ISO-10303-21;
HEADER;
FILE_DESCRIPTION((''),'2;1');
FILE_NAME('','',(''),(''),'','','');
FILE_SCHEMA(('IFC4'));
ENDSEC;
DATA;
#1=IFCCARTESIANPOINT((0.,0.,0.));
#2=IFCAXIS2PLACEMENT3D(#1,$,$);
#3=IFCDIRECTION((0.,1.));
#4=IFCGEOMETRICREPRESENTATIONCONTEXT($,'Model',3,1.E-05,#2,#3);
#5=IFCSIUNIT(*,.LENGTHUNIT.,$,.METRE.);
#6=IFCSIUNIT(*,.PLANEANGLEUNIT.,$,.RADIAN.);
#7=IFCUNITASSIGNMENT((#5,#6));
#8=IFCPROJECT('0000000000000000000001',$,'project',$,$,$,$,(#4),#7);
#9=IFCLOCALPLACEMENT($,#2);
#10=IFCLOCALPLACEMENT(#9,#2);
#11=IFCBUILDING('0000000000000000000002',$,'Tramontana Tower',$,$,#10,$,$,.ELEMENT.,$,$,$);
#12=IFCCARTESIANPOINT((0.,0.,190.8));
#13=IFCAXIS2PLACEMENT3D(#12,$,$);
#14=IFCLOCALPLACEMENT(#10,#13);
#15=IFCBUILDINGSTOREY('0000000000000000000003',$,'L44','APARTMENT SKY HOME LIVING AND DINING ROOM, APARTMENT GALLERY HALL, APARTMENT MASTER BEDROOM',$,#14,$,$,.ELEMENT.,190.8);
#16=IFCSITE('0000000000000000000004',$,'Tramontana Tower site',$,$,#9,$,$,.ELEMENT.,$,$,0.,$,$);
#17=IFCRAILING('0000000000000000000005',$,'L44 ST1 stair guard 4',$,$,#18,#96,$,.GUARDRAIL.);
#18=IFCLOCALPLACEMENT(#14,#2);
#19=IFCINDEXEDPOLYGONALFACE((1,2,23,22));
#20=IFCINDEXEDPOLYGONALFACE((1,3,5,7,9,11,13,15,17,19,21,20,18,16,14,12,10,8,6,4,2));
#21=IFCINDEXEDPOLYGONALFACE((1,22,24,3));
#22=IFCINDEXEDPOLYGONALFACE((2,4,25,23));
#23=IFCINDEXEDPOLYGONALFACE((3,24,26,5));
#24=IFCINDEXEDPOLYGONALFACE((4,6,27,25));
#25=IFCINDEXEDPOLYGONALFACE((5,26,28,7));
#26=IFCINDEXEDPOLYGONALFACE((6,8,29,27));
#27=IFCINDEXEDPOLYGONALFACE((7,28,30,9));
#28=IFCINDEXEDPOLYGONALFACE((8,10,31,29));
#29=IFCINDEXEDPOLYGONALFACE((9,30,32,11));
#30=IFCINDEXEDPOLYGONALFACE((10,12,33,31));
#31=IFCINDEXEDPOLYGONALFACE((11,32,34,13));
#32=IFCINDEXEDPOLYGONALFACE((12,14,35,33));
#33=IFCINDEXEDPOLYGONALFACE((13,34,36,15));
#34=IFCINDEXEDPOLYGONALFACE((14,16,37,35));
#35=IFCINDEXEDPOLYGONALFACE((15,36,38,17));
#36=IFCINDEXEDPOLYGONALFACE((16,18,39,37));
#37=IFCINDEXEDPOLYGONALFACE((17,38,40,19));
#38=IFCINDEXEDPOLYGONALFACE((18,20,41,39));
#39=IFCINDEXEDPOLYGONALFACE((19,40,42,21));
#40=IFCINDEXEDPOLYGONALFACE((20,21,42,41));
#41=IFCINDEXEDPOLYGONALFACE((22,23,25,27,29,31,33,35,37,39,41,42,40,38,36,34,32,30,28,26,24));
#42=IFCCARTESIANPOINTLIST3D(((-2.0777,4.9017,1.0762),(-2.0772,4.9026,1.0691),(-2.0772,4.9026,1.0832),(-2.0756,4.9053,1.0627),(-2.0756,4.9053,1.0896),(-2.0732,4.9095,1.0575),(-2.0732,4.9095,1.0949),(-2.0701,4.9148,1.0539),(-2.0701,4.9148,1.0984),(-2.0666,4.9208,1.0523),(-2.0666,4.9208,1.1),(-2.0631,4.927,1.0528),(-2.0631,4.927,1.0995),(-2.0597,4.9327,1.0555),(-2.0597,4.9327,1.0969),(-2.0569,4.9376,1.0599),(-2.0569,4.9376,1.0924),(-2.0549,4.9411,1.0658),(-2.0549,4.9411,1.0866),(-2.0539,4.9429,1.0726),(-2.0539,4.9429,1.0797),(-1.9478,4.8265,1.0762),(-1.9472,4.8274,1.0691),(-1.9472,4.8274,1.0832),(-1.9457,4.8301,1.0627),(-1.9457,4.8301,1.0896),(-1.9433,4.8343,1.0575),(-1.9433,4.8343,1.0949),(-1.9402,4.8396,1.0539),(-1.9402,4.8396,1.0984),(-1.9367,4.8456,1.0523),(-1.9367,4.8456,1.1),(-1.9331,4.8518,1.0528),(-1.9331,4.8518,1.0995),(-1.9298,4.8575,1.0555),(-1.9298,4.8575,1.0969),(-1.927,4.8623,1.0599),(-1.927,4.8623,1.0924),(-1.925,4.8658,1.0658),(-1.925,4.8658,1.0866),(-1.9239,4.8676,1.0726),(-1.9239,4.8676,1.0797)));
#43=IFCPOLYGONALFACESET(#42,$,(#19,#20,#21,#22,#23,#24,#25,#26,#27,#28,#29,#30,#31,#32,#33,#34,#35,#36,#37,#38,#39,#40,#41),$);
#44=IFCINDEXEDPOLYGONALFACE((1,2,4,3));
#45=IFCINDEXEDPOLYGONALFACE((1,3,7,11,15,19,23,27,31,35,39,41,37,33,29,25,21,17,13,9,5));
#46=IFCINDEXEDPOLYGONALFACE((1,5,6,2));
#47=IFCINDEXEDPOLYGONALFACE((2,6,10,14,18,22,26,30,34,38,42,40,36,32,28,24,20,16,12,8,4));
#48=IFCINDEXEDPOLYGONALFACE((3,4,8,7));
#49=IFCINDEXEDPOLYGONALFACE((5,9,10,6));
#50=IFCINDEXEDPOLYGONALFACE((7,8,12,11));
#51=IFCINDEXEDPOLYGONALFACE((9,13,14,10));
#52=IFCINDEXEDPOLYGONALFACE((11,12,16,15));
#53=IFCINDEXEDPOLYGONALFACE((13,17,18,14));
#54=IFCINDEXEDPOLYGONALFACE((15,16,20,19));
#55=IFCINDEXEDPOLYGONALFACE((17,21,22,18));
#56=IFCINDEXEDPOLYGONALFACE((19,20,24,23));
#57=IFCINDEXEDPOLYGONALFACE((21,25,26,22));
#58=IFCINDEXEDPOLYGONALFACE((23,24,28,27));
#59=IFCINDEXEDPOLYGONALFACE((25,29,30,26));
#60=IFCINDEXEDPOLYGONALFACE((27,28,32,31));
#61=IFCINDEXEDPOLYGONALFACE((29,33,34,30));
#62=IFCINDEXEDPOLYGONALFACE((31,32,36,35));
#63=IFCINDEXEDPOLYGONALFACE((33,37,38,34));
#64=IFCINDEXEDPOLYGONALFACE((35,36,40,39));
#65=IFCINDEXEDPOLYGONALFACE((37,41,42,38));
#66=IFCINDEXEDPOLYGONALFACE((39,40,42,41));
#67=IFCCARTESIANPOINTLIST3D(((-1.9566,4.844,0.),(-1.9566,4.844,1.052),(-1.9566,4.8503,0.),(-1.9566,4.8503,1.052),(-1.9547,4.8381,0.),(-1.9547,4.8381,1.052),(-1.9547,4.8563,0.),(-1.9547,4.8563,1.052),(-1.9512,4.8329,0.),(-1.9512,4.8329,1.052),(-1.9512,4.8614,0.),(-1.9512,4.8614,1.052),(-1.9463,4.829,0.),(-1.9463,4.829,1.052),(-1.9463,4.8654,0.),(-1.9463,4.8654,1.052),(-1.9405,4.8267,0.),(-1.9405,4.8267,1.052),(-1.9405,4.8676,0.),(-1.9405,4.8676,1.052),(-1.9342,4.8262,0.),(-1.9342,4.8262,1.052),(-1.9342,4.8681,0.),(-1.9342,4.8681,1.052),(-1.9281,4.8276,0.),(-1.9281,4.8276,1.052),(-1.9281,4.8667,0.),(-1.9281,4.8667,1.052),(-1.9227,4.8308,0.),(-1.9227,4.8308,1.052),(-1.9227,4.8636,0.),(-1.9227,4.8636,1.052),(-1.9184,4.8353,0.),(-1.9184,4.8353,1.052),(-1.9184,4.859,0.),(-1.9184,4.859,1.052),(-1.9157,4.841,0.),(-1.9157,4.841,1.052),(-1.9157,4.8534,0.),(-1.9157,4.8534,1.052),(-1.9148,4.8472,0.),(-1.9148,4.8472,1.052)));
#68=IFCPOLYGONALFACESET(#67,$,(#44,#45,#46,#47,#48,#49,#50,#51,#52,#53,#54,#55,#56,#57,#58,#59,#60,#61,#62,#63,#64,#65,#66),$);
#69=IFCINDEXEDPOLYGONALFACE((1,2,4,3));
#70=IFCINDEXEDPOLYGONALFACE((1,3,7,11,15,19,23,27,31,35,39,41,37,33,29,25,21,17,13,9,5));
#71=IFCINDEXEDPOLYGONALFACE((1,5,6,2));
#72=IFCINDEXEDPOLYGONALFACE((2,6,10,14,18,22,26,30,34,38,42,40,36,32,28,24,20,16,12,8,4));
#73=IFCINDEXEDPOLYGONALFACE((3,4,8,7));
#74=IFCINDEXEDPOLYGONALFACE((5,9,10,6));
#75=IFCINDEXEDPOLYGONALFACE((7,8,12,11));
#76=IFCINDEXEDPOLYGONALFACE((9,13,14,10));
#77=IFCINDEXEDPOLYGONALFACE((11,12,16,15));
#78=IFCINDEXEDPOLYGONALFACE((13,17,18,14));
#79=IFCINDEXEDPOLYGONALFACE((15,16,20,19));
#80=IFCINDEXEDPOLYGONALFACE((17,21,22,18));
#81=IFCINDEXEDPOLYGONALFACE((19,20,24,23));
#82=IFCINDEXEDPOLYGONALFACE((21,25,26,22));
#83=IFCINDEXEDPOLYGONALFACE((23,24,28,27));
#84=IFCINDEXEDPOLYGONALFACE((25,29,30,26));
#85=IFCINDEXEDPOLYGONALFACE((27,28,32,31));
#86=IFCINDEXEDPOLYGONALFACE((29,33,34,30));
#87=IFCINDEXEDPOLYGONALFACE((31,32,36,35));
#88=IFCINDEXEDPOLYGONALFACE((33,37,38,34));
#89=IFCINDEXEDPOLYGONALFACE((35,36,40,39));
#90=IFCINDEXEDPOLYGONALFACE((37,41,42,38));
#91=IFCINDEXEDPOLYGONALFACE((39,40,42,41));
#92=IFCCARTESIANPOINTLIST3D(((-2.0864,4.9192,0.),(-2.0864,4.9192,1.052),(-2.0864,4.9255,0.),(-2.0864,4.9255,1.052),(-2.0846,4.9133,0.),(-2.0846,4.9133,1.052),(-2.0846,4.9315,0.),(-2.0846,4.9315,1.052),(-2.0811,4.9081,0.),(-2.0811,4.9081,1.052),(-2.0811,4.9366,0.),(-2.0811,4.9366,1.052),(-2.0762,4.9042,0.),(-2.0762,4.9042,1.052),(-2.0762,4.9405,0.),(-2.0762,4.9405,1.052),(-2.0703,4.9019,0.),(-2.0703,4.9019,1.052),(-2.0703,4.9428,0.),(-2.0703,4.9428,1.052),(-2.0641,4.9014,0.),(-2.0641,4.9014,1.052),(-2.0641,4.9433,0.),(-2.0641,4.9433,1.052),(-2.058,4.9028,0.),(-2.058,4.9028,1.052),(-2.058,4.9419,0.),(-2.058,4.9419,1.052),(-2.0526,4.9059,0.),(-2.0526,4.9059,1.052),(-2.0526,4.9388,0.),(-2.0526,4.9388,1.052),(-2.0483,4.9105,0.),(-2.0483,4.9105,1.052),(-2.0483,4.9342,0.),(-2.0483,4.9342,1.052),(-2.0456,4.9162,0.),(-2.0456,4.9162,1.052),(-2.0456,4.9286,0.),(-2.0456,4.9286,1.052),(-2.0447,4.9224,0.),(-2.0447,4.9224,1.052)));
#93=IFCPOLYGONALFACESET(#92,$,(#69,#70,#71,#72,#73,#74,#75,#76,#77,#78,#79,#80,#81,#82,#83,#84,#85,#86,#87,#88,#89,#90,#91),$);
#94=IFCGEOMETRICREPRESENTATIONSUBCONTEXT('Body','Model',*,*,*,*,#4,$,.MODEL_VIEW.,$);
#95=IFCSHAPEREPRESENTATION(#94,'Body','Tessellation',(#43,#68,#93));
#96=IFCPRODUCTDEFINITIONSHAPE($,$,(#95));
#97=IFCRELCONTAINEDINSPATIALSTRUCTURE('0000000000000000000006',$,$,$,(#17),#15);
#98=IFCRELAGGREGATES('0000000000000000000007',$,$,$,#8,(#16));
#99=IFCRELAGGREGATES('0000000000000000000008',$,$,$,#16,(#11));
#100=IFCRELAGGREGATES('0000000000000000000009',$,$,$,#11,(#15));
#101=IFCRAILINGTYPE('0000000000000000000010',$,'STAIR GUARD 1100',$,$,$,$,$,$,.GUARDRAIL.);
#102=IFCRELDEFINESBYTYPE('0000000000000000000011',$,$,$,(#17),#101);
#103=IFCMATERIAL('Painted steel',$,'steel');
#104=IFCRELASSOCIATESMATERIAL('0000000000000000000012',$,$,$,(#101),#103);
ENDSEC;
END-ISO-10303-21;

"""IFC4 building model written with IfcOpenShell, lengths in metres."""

from ifc_helpers import new_model, si_unit, direction, frame, origin, origin_2d, place, context, subcontext, project, spatial, circle, extrude, material, type_object, element, save


model = new_model("IFC4")

# Units and contexts
model_context = context("Model", 3, precision=1e-05, world=origin(), true_north=direction((0.0, 1.0)))
body_context = subcontext(model_context, "Body", "Model", "MODEL_VIEW")
ifc_project = project(units=[si_unit("LENGTHUNIT", "METRE"), si_unit("PLANEANGLEUNIT", "RADIAN")], contexts=[model_context])

# Site, building, storey
site_placement = place(None, origin())
site = spatial("IfcSite", under=ifc_project, at=site_placement, Name="Tramontana Tower site", CompositionType="ELEMENT", RefElevation=0.0)
building_placement = place(site_placement, origin())
building = spatial("IfcBuilding", under=site, at=building_placement, Name="Tramontana Tower", CompositionType="ELEMENT")
storey_placement = place(building_placement, frame((0.0, 0.0, 190.8)))
storey = spatial("IfcBuildingStorey", under=building, at=storey_placement, Name="L44", Description="APARTMENT SKY HOME LIVING AND DINING ROOM, APARTMENT GALLERY HALL, APARTMENT MASTER BEDROOM", CompositionType="ELEMENT", Elevation=190.8)

# Railing
ifc_material_1 = material(Name="Painted steel", Category="steel")
railing_type_1 = type_object("IfcRailingType", Name="STAIR GUARD 1100", PredefinedType="GUARDRAIL", material=ifc_material_1)
railing_1_placement = place(storey_placement, frame((-1.9358, 4.8472, 0.0)))
element("IfcRailing", 1, at=railing_1_placement, inside=storey, type_object=railing_type_1, Name="L44 ST1 stair guard 4", PredefinedType="GUARDRAIL", context=body_context, shape_type="SweptSolid", body=[
    extrude(circle(Radius=0.0239, at=origin_2d()), frame((0.0, 0.0, 1.0762), z_axis=(-0.865426, 0.501036, 0.0), x_axis=(-0.501036, -0.865426, 0.0)), (0.0, 0.0, 1.0), 0.1501),
    extrude(circle(Radius=0.021, at=origin_2d()), origin(), (0.0, 0.0, 1.0), 1.052),
    extrude(circle(Radius=0.021, at=origin_2d()), frame((-0.1299, 0.0752, 0.0)), (0.0, 0.0, 1.0), 1.052),
])

save(model, "model.ifc")
